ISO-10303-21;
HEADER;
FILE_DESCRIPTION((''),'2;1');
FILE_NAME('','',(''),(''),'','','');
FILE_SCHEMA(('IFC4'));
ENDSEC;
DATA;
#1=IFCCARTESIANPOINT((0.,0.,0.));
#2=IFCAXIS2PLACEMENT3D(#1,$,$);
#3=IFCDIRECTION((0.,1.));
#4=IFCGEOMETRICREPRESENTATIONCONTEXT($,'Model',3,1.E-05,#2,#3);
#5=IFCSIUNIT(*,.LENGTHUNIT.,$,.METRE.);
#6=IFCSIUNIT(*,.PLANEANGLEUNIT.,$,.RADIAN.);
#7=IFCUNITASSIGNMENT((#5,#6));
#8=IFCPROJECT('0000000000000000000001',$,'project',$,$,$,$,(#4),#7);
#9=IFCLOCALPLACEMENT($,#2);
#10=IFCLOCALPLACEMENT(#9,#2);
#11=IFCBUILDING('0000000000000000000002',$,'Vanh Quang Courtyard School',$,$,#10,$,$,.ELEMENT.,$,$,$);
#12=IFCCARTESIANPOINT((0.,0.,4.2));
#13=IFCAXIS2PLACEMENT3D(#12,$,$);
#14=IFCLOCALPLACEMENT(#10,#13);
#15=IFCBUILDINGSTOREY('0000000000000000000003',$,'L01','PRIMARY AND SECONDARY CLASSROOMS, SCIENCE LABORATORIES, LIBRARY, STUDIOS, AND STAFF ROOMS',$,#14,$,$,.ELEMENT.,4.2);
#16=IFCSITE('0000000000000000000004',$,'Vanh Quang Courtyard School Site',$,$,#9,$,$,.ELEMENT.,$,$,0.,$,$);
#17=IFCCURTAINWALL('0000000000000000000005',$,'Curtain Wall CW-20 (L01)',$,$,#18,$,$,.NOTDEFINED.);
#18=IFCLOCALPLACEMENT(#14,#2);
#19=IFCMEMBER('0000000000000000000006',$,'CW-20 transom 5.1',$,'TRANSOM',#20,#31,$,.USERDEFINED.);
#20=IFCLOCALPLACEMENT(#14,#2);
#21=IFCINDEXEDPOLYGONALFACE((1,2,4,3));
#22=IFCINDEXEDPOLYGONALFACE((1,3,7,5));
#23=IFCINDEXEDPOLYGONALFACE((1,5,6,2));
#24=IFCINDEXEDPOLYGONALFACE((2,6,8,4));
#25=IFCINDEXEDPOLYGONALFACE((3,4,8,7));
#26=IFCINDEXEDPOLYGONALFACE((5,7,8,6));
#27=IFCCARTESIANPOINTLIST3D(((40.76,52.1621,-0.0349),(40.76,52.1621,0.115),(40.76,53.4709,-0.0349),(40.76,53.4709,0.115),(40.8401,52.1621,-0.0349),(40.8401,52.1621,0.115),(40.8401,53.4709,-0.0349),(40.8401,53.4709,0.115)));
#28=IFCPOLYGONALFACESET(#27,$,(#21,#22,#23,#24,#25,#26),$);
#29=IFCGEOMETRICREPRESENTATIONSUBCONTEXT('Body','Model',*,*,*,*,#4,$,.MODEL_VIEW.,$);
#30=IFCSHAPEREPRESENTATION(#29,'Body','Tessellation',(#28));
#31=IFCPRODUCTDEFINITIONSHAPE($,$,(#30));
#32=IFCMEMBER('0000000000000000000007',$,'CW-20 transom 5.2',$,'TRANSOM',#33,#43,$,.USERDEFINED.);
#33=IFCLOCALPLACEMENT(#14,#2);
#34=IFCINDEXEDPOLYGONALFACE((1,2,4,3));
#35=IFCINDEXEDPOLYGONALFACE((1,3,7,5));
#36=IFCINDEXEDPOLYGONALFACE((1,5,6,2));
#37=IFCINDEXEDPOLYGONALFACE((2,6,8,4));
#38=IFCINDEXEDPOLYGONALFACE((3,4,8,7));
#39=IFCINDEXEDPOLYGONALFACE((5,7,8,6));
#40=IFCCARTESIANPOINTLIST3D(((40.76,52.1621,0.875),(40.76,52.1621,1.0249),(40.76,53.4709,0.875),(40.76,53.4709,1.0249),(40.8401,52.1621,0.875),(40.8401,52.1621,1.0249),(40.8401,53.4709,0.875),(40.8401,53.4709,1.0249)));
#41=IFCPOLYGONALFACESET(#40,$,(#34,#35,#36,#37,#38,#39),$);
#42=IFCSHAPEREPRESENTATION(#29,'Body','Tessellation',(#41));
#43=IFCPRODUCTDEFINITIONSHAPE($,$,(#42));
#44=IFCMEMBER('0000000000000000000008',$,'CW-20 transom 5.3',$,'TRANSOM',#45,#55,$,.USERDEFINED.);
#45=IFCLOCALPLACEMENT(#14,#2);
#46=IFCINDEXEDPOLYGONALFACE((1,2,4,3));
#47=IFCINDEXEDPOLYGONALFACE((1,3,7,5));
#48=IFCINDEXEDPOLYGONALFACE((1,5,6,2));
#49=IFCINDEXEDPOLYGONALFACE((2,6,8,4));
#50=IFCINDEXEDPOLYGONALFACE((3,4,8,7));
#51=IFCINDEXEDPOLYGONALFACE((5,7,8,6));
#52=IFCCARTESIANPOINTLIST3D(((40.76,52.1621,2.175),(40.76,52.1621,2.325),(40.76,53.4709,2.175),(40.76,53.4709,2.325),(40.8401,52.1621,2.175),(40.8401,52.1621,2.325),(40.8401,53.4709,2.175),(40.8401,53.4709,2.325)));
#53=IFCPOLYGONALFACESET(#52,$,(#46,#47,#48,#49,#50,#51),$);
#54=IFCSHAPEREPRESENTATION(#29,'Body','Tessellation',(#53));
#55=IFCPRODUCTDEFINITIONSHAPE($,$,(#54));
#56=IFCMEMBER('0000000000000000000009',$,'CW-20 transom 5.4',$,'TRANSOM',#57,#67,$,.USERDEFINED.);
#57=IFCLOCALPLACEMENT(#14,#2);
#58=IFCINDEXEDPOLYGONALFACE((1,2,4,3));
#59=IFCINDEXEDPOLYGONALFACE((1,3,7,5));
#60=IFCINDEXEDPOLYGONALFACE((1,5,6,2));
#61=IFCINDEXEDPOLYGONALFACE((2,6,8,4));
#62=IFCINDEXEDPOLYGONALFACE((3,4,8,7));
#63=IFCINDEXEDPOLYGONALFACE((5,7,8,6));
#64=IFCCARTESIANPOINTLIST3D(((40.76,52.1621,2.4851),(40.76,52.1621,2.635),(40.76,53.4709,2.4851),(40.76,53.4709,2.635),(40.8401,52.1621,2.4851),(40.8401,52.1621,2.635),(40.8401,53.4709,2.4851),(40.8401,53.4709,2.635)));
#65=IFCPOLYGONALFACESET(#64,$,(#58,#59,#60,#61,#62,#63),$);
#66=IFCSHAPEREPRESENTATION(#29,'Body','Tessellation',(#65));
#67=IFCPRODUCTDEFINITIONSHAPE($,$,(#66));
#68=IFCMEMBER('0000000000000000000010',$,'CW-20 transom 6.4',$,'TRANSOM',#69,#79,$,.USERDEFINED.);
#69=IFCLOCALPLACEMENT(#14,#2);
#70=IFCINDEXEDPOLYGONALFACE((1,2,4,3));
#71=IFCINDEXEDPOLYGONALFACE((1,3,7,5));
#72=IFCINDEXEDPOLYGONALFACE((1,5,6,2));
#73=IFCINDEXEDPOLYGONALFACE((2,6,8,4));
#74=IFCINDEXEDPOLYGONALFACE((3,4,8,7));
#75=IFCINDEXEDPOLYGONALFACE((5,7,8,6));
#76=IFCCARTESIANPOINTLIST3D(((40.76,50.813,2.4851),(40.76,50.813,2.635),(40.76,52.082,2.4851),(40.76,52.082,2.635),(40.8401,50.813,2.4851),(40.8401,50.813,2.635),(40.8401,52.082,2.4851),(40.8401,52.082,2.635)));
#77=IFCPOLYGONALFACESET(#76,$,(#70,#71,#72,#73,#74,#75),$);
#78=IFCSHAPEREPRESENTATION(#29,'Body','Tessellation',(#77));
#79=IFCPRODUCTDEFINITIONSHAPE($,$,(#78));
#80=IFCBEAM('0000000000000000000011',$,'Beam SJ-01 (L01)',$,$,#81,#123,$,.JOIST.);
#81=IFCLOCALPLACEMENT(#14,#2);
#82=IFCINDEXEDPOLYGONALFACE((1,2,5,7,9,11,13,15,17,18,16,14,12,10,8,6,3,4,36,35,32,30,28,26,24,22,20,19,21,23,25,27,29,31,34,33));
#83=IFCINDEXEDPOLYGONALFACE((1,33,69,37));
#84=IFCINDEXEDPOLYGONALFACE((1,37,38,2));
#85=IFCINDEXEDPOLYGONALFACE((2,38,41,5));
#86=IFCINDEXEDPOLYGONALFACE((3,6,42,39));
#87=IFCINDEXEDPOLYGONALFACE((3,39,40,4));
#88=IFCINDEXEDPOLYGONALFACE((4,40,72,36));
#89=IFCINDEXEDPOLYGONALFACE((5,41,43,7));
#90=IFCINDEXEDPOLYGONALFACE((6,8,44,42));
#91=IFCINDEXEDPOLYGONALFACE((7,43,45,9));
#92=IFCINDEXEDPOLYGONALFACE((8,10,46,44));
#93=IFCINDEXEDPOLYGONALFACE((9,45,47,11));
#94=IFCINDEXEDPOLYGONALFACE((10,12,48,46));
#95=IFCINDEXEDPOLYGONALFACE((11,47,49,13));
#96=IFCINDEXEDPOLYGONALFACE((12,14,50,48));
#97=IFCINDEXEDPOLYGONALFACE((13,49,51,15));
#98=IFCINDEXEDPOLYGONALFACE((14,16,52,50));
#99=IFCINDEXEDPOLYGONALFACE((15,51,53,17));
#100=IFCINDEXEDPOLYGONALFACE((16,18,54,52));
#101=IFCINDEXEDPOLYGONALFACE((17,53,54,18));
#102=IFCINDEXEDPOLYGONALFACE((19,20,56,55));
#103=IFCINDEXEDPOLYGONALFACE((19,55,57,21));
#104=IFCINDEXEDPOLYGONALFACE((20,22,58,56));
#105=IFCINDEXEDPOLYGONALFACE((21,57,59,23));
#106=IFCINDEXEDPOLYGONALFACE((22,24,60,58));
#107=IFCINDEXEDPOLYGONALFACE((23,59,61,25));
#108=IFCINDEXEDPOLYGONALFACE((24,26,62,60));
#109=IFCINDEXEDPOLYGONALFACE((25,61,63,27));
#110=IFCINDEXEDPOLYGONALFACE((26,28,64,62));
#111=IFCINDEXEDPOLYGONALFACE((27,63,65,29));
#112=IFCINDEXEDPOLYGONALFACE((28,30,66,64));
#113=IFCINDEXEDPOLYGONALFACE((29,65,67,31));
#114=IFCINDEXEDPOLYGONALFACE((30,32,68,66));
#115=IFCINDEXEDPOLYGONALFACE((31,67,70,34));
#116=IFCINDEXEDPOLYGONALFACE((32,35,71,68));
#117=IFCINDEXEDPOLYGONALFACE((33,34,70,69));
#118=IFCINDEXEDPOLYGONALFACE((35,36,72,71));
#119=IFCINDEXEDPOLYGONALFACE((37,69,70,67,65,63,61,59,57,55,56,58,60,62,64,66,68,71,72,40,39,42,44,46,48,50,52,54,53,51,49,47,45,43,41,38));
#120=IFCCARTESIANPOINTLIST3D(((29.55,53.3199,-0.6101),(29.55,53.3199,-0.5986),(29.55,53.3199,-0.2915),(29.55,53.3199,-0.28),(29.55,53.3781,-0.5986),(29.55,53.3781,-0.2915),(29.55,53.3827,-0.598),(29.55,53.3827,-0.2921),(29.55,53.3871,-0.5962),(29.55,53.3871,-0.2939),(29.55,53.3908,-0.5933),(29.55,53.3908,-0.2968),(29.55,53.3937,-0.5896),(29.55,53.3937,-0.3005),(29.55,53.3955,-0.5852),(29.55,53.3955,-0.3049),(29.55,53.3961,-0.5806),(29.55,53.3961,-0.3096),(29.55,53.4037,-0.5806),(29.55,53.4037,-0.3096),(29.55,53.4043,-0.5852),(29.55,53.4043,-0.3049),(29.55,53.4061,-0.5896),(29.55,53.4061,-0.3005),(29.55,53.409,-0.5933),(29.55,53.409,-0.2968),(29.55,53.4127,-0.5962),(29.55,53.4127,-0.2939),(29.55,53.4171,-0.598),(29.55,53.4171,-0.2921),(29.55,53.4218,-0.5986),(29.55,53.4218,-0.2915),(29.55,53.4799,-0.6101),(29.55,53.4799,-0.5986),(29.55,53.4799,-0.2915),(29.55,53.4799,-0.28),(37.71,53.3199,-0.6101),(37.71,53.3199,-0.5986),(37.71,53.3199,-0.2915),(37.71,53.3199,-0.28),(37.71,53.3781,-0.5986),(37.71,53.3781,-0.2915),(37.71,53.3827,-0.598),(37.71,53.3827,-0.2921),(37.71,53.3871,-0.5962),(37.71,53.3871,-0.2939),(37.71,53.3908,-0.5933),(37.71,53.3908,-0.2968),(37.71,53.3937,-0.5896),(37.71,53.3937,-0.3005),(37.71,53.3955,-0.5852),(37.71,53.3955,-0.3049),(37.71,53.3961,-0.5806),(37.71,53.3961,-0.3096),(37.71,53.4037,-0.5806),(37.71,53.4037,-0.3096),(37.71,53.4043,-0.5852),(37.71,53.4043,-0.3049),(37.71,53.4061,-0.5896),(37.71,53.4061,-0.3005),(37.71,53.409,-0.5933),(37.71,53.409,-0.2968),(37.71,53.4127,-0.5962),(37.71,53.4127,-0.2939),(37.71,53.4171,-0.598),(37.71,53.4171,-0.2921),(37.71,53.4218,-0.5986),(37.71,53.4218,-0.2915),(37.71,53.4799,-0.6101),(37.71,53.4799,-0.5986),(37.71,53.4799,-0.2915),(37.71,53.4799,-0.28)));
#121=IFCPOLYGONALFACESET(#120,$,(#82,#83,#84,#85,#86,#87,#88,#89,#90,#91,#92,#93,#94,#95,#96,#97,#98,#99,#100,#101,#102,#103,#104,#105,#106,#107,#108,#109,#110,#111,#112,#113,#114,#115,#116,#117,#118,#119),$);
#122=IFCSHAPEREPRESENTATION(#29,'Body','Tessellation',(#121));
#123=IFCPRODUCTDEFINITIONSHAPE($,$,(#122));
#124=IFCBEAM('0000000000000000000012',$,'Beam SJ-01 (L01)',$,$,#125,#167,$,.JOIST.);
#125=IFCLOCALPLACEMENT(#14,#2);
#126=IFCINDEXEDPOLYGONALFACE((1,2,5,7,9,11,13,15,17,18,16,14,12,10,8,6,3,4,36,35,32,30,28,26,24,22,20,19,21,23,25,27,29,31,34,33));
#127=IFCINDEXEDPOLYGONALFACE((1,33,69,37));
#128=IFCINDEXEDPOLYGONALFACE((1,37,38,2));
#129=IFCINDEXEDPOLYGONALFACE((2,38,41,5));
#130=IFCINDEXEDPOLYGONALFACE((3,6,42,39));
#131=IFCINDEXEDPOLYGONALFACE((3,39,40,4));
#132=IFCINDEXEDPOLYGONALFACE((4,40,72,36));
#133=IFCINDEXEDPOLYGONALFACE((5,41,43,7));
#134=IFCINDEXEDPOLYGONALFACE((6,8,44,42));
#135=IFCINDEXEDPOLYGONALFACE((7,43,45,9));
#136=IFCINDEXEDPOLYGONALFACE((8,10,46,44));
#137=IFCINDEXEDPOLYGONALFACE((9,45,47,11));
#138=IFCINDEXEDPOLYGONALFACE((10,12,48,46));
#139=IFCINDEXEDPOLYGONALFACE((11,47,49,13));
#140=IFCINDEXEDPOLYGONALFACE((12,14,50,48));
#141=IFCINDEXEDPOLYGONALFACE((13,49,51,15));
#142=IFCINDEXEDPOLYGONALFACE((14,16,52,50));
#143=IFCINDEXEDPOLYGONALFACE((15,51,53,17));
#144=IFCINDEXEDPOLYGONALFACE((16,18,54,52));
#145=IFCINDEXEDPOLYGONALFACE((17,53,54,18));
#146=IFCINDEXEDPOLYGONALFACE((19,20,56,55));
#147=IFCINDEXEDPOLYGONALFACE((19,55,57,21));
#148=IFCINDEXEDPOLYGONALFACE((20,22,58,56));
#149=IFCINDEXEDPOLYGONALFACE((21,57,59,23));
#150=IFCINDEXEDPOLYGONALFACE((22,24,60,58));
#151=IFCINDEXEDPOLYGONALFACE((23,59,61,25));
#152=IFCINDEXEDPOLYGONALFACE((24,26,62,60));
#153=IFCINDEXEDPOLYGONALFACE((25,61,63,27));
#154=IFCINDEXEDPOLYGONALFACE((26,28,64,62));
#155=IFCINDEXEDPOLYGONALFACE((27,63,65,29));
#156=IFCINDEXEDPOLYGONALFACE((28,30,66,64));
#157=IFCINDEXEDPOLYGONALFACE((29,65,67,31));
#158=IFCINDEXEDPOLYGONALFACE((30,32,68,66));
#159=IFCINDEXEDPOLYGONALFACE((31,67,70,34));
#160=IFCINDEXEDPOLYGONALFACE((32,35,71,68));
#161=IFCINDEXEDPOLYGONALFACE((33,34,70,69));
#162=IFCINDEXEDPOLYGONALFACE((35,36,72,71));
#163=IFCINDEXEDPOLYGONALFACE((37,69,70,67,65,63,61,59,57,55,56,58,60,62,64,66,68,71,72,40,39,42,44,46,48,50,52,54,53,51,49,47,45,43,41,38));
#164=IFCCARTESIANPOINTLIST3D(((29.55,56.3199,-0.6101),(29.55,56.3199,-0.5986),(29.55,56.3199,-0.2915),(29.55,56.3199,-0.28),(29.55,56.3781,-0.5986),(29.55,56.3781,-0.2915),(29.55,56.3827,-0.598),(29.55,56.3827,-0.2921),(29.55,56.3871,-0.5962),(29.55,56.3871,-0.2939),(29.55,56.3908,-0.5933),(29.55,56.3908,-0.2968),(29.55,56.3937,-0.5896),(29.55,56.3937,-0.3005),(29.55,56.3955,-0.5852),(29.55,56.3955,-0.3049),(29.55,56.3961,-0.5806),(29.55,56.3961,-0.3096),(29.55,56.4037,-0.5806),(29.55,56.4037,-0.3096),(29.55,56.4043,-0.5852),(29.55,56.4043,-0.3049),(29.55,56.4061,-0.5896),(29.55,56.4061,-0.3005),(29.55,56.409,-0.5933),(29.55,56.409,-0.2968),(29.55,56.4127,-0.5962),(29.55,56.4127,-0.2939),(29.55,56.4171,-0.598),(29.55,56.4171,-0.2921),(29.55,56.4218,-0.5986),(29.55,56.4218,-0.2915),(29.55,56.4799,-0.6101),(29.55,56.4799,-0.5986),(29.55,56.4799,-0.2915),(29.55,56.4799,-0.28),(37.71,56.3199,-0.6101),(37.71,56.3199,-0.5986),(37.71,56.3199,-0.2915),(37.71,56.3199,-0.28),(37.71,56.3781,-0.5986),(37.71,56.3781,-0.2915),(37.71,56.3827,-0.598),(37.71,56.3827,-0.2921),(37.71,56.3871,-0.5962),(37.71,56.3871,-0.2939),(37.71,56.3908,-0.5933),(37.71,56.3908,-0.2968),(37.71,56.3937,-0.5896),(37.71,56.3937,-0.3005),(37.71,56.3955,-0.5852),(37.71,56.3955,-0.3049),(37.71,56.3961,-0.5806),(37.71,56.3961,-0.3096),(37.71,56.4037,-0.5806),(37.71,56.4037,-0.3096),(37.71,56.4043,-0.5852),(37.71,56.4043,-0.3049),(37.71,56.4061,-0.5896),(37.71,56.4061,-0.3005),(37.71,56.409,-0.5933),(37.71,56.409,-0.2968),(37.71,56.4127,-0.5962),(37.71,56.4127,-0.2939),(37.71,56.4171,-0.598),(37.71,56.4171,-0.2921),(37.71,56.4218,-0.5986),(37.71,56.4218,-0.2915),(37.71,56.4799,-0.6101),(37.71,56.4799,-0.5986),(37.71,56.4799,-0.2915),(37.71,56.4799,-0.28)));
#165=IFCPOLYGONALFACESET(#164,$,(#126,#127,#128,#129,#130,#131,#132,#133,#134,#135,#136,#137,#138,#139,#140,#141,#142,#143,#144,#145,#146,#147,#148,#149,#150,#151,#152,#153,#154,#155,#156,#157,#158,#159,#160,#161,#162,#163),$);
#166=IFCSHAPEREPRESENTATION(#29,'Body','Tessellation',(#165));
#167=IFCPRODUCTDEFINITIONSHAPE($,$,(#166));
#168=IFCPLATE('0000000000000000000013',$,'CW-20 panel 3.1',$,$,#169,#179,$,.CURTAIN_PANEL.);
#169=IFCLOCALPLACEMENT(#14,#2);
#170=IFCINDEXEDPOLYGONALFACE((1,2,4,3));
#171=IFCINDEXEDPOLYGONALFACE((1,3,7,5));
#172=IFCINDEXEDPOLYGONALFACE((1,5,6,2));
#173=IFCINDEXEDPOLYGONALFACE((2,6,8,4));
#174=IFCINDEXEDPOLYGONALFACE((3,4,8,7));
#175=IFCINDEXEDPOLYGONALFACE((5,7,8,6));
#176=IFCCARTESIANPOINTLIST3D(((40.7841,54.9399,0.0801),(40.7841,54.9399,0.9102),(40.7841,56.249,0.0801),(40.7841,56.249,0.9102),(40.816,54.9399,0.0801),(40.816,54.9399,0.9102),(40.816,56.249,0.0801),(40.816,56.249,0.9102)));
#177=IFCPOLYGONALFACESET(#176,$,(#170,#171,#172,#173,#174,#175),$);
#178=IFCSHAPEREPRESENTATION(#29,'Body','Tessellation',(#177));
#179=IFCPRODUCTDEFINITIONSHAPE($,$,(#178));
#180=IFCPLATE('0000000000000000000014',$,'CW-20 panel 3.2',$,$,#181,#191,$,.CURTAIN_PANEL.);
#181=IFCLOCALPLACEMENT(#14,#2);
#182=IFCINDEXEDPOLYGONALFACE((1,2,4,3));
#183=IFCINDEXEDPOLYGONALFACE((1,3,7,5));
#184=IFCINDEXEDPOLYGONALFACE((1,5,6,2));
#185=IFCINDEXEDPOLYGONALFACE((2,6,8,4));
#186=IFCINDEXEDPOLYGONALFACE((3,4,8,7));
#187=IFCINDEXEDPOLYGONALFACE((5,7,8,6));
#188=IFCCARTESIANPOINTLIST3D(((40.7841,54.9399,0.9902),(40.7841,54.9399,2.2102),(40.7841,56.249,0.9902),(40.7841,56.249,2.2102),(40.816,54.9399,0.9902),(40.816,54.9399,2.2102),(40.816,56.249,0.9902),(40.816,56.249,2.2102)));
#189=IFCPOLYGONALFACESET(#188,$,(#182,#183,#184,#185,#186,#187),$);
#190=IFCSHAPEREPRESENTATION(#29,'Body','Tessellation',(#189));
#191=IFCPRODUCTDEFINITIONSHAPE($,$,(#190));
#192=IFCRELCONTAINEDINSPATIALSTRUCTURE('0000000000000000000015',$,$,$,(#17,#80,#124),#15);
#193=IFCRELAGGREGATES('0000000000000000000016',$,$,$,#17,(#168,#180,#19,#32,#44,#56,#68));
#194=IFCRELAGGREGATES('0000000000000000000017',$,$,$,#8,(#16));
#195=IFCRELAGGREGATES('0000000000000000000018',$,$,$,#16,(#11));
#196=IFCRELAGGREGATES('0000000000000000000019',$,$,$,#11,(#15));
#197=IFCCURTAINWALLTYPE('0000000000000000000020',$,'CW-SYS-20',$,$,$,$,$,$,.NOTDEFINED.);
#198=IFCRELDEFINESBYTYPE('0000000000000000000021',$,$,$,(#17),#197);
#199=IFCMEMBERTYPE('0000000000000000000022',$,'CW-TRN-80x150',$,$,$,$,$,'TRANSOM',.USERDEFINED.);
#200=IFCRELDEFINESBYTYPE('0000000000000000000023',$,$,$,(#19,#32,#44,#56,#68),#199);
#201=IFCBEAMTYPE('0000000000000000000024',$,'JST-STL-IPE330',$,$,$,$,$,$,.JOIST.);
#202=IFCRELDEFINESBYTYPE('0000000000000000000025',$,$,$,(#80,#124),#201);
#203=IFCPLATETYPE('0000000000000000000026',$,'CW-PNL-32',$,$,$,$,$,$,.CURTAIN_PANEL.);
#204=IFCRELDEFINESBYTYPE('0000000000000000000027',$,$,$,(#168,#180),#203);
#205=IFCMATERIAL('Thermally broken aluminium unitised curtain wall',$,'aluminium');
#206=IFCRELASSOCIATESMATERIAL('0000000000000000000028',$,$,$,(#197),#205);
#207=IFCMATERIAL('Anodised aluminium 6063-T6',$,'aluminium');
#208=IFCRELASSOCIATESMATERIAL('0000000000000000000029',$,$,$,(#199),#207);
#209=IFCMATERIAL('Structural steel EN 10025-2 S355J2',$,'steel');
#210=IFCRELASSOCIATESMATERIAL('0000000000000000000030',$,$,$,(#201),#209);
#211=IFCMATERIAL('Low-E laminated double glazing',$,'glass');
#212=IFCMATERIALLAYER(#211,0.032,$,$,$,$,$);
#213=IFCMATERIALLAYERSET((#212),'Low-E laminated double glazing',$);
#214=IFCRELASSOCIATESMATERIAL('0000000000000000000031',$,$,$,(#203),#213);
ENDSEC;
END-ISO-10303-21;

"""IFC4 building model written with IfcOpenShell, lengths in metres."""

from ifc_helpers import new_model, si_unit, direction, frame, origin, origin_2d, place, context, subcontext, project, spatial, rectangle, i_section, extrude, material, layer, layer_set, material_profile, profile_set, type_object, element, aggregate, save


model = new_model("IFC4")

# Units and contexts
model_context = context("Model", 3, precision=1e-05, world=origin(), true_north=direction((0.0, 1.0)))
body_context = subcontext(model_context, "Body", "Model", "MODEL_VIEW")
ifc_project = project(units=[si_unit("LENGTHUNIT", "METRE"), si_unit("PLANEANGLEUNIT", "RADIAN")], contexts=[model_context])

# Site, building, storey
site_placement = place(None, origin())
site = spatial("IfcSite", under=ifc_project, at=site_placement, Name="Vanh Quang Courtyard School Site", CompositionType="ELEMENT", RefElevation=0.0)
building_placement = place(site_placement, origin())
building = spatial("IfcBuilding", under=site, at=building_placement, Name="Vanh Quang Courtyard School", CompositionType="ELEMENT")
storey_placement = place(building_placement, frame((0.0, 0.0, 4.2)))
storey = spatial("IfcBuildingStorey", under=building, at=storey_placement, Name="L01", Description="PRIMARY AND SECONDARY CLASSROOMS, SCIENCE LABORATORIES, LIBRARY, STUDIOS, AND STAFF ROOMS", CompositionType="ELEMENT", Elevation=4.2)

# Curtain wall, members
ifc_material_1 = material(Name="Thermally broken aluminium unitised curtain wall", Category="aluminium")
curtain_wall_type = type_object("IfcCurtainWallType", Name="CW-SYS-20", PredefinedType="NOTDEFINED", material=ifc_material_1)
curtain_wall_placement = place(storey_placement, origin())
curtain_wall = element("IfcCurtainWall", 1, at=curtain_wall_placement, inside=storey, type_object=curtain_wall_type, Name="Curtain Wall CW-20 (L01)", PredefinedType="NOTDEFINED")
ifc_material_2 = material(Name="Anodised aluminium 6063-T6", Category="aluminium")
ifc_material_profile_1 = material_profile(ifc_material_2, rectangle(XDim=0.0801, YDim=0.1499, at=origin_2d()), Name="ALU-TRN 80x150")
ifc_profile_set_1 = profile_set([ifc_material_profile_1], Name="Anodised aluminium 6063-T6")
member_type_1 = type_object("IfcMemberType", Name="CW-TRN-80x150", ElementType="TRANSOM", PredefinedType="USERDEFINED", material=ifc_profile_set_1)
member_1_placement = place(storey_placement, frame((40.8, 53.4709, 0.04), z_axis=(0.0, -1.0, 0.0), x_axis=(1.0, 0.0, 0.0)))
member_1 = element("IfcMember", 2, at=member_1_placement, type_object=member_type_1, Name="CW-20 transom 5.1", ObjectType="TRANSOM", PredefinedType="USERDEFINED", context=body_context, shape_type="SweptSolid", body=[
    extrude(rectangle(XDim=0.0801, YDim=0.1499, at=origin_2d()), origin(), (0.0, 0.0, 1.0), 1.3088),
])
member_2_placement = place(storey_placement, frame((40.8, 53.4709, 0.95), z_axis=(0.0, -1.0, 0.0), x_axis=(1.0, 0.0, 0.0)))
member_2 = element("IfcMember", 3, at=member_2_placement, type_object=member_type_1, Name="CW-20 transom 5.2", ObjectType="TRANSOM", PredefinedType="USERDEFINED", context=body_context, shape_type="SweptSolid", body=[
    extrude(rectangle(XDim=0.0801, YDim=0.1499, at=origin_2d()), origin(), (0.0, 0.0, 1.0), 1.3088),
])
member_3_placement = place(storey_placement, frame((40.8, 53.4709, 2.25), z_axis=(0.0, -1.0, 0.0), x_axis=(1.0, 0.0, 0.0)))
member_3 = element("IfcMember", 4, at=member_3_placement, type_object=member_type_1, Name="CW-20 transom 5.3", ObjectType="TRANSOM", PredefinedType="USERDEFINED", context=body_context, shape_type="SweptSolid", body=[
    extrude(rectangle(XDim=0.0801, YDim=0.1499, at=origin_2d()), origin(), (0.0, 0.0, 1.0), 1.3088),
])
member_4_placement = place(storey_placement, frame((40.8, 53.4709, 2.5601), z_axis=(0.0, -1.0, 0.0), x_axis=(1.0, 0.0, 0.0)))
member_4 = element("IfcMember", 5, at=member_4_placement, type_object=member_type_1, Name="CW-20 transom 5.4", ObjectType="TRANSOM", PredefinedType="USERDEFINED", context=body_context, shape_type="SweptSolid", body=[
    extrude(rectangle(XDim=0.0801, YDim=0.1499, at=origin_2d()), origin(), (0.0, 0.0, 1.0), 1.3088),
])
member_5_placement = place(storey_placement, frame((40.8, 52.082, 2.5601), z_axis=(0.0, -1.0, 0.0), x_axis=(1.0, 0.0, 0.0)))
member_5 = element("IfcMember", 6, at=member_5_placement, type_object=member_type_1, Name="CW-20 transom 6.4", ObjectType="TRANSOM", PredefinedType="USERDEFINED", context=body_context, shape_type="SweptSolid", body=[
    extrude(rectangle(XDim=0.0801, YDim=0.1499, at=origin_2d()), origin(), (0.0, 0.0, 1.0), 1.269),
])

# Beams
ifc_material_3 = material(Name="Structural steel EN 10025-2 S355J2", Category="steel")
ifc_material_profile_2 = material_profile(ifc_material_3, i_section(OverallWidth=0.1599, OverallDepth=0.3301, WebThickness=0.0076, FlangeThickness=0.0115, FilletRadius=0.0181, at=origin_2d()), Name="IPE 330")
ifc_profile_set_2 = profile_set([ifc_material_profile_2], Name="Structural steel EN 10025-2 S355J2")
beam_type_1 = type_object("IfcBeamType", Name="JST-STL-IPE330", PredefinedType="JOIST", material=ifc_profile_set_2)
for number, where, z_axis, x_axis, name in (
    (7, (29.55, 53.3999, -0.4451), (1.0, 0.0, 0.0), (0.0, 1.0, 0.0), "Beam SJ-01 (L01)"),
    (8, (29.55, 56.3999, -0.4451), (1.0, 0.0, 0.0), (0.0, 1.0, 0.0), "Beam SJ-01 (L01)"),
):
    element("IfcBeam", number, at=place(storey_placement, frame(where, z_axis=z_axis, x_axis=x_axis)), inside=storey, type_object=beam_type_1, Name=name, PredefinedType="JOIST", context=body_context, shape_type="SweptSolid", body=[
        extrude(i_section(OverallWidth=0.1599, OverallDepth=0.3301, WebThickness=0.0076, FlangeThickness=0.0115, FilletRadius=0.0181, at=origin_2d()), origin(), (0.0, 0.0, 1.0), 8.1599),
    ])

# Plates
ifc_material_4 = material(Name="Low-E laminated double glazing", Category="glass")
ifc_layer = layer(ifc_material_4, 0.032)
ifc_layer_set = layer_set([ifc_layer], Name="Low-E laminated double glazing")
plate_type = type_object("IfcPlateType", Name="CW-PNL-32", PredefinedType="CURTAIN_PANEL", material=ifc_layer_set)
plate_1_placement = place(storey_placement, frame((40.8, 55.5945, 0.0801), z_axis=(0.0, 0.0, 1.0), x_axis=(0.0, -1.0, 0.0)))
plate_1 = element("IfcPlate", 9, at=plate_1_placement, type_object=plate_type, Name="CW-20 panel 3.1", PredefinedType="CURTAIN_PANEL", context=body_context, shape_type="SweptSolid", body=[
    extrude(rectangle(XDim=1.3091, YDim=0.032, at=origin_2d()), origin(), (0.0, 0.0, 1.0), 0.8301),
])
plate_2_placement = place(storey_placement, frame((40.8, 55.5945, 0.9902), z_axis=(0.0, 0.0, 1.0), x_axis=(0.0, -1.0, 0.0)))
plate_2 = element("IfcPlate", 10, at=plate_2_placement, type_object=plate_type, Name="CW-20 panel 3.2", PredefinedType="CURTAIN_PANEL", context=body_context, shape_type="SweptSolid", body=[
    extrude(rectangle(XDim=1.3091, YDim=0.032, at=origin_2d()), origin(), (0.0, 0.0, 1.0), 1.22),
])
aggregate(curtain_wall, [plate_1, plate_2, member_1, member_2, member_3, member_4, member_5])

save(model, "model.ifc")
